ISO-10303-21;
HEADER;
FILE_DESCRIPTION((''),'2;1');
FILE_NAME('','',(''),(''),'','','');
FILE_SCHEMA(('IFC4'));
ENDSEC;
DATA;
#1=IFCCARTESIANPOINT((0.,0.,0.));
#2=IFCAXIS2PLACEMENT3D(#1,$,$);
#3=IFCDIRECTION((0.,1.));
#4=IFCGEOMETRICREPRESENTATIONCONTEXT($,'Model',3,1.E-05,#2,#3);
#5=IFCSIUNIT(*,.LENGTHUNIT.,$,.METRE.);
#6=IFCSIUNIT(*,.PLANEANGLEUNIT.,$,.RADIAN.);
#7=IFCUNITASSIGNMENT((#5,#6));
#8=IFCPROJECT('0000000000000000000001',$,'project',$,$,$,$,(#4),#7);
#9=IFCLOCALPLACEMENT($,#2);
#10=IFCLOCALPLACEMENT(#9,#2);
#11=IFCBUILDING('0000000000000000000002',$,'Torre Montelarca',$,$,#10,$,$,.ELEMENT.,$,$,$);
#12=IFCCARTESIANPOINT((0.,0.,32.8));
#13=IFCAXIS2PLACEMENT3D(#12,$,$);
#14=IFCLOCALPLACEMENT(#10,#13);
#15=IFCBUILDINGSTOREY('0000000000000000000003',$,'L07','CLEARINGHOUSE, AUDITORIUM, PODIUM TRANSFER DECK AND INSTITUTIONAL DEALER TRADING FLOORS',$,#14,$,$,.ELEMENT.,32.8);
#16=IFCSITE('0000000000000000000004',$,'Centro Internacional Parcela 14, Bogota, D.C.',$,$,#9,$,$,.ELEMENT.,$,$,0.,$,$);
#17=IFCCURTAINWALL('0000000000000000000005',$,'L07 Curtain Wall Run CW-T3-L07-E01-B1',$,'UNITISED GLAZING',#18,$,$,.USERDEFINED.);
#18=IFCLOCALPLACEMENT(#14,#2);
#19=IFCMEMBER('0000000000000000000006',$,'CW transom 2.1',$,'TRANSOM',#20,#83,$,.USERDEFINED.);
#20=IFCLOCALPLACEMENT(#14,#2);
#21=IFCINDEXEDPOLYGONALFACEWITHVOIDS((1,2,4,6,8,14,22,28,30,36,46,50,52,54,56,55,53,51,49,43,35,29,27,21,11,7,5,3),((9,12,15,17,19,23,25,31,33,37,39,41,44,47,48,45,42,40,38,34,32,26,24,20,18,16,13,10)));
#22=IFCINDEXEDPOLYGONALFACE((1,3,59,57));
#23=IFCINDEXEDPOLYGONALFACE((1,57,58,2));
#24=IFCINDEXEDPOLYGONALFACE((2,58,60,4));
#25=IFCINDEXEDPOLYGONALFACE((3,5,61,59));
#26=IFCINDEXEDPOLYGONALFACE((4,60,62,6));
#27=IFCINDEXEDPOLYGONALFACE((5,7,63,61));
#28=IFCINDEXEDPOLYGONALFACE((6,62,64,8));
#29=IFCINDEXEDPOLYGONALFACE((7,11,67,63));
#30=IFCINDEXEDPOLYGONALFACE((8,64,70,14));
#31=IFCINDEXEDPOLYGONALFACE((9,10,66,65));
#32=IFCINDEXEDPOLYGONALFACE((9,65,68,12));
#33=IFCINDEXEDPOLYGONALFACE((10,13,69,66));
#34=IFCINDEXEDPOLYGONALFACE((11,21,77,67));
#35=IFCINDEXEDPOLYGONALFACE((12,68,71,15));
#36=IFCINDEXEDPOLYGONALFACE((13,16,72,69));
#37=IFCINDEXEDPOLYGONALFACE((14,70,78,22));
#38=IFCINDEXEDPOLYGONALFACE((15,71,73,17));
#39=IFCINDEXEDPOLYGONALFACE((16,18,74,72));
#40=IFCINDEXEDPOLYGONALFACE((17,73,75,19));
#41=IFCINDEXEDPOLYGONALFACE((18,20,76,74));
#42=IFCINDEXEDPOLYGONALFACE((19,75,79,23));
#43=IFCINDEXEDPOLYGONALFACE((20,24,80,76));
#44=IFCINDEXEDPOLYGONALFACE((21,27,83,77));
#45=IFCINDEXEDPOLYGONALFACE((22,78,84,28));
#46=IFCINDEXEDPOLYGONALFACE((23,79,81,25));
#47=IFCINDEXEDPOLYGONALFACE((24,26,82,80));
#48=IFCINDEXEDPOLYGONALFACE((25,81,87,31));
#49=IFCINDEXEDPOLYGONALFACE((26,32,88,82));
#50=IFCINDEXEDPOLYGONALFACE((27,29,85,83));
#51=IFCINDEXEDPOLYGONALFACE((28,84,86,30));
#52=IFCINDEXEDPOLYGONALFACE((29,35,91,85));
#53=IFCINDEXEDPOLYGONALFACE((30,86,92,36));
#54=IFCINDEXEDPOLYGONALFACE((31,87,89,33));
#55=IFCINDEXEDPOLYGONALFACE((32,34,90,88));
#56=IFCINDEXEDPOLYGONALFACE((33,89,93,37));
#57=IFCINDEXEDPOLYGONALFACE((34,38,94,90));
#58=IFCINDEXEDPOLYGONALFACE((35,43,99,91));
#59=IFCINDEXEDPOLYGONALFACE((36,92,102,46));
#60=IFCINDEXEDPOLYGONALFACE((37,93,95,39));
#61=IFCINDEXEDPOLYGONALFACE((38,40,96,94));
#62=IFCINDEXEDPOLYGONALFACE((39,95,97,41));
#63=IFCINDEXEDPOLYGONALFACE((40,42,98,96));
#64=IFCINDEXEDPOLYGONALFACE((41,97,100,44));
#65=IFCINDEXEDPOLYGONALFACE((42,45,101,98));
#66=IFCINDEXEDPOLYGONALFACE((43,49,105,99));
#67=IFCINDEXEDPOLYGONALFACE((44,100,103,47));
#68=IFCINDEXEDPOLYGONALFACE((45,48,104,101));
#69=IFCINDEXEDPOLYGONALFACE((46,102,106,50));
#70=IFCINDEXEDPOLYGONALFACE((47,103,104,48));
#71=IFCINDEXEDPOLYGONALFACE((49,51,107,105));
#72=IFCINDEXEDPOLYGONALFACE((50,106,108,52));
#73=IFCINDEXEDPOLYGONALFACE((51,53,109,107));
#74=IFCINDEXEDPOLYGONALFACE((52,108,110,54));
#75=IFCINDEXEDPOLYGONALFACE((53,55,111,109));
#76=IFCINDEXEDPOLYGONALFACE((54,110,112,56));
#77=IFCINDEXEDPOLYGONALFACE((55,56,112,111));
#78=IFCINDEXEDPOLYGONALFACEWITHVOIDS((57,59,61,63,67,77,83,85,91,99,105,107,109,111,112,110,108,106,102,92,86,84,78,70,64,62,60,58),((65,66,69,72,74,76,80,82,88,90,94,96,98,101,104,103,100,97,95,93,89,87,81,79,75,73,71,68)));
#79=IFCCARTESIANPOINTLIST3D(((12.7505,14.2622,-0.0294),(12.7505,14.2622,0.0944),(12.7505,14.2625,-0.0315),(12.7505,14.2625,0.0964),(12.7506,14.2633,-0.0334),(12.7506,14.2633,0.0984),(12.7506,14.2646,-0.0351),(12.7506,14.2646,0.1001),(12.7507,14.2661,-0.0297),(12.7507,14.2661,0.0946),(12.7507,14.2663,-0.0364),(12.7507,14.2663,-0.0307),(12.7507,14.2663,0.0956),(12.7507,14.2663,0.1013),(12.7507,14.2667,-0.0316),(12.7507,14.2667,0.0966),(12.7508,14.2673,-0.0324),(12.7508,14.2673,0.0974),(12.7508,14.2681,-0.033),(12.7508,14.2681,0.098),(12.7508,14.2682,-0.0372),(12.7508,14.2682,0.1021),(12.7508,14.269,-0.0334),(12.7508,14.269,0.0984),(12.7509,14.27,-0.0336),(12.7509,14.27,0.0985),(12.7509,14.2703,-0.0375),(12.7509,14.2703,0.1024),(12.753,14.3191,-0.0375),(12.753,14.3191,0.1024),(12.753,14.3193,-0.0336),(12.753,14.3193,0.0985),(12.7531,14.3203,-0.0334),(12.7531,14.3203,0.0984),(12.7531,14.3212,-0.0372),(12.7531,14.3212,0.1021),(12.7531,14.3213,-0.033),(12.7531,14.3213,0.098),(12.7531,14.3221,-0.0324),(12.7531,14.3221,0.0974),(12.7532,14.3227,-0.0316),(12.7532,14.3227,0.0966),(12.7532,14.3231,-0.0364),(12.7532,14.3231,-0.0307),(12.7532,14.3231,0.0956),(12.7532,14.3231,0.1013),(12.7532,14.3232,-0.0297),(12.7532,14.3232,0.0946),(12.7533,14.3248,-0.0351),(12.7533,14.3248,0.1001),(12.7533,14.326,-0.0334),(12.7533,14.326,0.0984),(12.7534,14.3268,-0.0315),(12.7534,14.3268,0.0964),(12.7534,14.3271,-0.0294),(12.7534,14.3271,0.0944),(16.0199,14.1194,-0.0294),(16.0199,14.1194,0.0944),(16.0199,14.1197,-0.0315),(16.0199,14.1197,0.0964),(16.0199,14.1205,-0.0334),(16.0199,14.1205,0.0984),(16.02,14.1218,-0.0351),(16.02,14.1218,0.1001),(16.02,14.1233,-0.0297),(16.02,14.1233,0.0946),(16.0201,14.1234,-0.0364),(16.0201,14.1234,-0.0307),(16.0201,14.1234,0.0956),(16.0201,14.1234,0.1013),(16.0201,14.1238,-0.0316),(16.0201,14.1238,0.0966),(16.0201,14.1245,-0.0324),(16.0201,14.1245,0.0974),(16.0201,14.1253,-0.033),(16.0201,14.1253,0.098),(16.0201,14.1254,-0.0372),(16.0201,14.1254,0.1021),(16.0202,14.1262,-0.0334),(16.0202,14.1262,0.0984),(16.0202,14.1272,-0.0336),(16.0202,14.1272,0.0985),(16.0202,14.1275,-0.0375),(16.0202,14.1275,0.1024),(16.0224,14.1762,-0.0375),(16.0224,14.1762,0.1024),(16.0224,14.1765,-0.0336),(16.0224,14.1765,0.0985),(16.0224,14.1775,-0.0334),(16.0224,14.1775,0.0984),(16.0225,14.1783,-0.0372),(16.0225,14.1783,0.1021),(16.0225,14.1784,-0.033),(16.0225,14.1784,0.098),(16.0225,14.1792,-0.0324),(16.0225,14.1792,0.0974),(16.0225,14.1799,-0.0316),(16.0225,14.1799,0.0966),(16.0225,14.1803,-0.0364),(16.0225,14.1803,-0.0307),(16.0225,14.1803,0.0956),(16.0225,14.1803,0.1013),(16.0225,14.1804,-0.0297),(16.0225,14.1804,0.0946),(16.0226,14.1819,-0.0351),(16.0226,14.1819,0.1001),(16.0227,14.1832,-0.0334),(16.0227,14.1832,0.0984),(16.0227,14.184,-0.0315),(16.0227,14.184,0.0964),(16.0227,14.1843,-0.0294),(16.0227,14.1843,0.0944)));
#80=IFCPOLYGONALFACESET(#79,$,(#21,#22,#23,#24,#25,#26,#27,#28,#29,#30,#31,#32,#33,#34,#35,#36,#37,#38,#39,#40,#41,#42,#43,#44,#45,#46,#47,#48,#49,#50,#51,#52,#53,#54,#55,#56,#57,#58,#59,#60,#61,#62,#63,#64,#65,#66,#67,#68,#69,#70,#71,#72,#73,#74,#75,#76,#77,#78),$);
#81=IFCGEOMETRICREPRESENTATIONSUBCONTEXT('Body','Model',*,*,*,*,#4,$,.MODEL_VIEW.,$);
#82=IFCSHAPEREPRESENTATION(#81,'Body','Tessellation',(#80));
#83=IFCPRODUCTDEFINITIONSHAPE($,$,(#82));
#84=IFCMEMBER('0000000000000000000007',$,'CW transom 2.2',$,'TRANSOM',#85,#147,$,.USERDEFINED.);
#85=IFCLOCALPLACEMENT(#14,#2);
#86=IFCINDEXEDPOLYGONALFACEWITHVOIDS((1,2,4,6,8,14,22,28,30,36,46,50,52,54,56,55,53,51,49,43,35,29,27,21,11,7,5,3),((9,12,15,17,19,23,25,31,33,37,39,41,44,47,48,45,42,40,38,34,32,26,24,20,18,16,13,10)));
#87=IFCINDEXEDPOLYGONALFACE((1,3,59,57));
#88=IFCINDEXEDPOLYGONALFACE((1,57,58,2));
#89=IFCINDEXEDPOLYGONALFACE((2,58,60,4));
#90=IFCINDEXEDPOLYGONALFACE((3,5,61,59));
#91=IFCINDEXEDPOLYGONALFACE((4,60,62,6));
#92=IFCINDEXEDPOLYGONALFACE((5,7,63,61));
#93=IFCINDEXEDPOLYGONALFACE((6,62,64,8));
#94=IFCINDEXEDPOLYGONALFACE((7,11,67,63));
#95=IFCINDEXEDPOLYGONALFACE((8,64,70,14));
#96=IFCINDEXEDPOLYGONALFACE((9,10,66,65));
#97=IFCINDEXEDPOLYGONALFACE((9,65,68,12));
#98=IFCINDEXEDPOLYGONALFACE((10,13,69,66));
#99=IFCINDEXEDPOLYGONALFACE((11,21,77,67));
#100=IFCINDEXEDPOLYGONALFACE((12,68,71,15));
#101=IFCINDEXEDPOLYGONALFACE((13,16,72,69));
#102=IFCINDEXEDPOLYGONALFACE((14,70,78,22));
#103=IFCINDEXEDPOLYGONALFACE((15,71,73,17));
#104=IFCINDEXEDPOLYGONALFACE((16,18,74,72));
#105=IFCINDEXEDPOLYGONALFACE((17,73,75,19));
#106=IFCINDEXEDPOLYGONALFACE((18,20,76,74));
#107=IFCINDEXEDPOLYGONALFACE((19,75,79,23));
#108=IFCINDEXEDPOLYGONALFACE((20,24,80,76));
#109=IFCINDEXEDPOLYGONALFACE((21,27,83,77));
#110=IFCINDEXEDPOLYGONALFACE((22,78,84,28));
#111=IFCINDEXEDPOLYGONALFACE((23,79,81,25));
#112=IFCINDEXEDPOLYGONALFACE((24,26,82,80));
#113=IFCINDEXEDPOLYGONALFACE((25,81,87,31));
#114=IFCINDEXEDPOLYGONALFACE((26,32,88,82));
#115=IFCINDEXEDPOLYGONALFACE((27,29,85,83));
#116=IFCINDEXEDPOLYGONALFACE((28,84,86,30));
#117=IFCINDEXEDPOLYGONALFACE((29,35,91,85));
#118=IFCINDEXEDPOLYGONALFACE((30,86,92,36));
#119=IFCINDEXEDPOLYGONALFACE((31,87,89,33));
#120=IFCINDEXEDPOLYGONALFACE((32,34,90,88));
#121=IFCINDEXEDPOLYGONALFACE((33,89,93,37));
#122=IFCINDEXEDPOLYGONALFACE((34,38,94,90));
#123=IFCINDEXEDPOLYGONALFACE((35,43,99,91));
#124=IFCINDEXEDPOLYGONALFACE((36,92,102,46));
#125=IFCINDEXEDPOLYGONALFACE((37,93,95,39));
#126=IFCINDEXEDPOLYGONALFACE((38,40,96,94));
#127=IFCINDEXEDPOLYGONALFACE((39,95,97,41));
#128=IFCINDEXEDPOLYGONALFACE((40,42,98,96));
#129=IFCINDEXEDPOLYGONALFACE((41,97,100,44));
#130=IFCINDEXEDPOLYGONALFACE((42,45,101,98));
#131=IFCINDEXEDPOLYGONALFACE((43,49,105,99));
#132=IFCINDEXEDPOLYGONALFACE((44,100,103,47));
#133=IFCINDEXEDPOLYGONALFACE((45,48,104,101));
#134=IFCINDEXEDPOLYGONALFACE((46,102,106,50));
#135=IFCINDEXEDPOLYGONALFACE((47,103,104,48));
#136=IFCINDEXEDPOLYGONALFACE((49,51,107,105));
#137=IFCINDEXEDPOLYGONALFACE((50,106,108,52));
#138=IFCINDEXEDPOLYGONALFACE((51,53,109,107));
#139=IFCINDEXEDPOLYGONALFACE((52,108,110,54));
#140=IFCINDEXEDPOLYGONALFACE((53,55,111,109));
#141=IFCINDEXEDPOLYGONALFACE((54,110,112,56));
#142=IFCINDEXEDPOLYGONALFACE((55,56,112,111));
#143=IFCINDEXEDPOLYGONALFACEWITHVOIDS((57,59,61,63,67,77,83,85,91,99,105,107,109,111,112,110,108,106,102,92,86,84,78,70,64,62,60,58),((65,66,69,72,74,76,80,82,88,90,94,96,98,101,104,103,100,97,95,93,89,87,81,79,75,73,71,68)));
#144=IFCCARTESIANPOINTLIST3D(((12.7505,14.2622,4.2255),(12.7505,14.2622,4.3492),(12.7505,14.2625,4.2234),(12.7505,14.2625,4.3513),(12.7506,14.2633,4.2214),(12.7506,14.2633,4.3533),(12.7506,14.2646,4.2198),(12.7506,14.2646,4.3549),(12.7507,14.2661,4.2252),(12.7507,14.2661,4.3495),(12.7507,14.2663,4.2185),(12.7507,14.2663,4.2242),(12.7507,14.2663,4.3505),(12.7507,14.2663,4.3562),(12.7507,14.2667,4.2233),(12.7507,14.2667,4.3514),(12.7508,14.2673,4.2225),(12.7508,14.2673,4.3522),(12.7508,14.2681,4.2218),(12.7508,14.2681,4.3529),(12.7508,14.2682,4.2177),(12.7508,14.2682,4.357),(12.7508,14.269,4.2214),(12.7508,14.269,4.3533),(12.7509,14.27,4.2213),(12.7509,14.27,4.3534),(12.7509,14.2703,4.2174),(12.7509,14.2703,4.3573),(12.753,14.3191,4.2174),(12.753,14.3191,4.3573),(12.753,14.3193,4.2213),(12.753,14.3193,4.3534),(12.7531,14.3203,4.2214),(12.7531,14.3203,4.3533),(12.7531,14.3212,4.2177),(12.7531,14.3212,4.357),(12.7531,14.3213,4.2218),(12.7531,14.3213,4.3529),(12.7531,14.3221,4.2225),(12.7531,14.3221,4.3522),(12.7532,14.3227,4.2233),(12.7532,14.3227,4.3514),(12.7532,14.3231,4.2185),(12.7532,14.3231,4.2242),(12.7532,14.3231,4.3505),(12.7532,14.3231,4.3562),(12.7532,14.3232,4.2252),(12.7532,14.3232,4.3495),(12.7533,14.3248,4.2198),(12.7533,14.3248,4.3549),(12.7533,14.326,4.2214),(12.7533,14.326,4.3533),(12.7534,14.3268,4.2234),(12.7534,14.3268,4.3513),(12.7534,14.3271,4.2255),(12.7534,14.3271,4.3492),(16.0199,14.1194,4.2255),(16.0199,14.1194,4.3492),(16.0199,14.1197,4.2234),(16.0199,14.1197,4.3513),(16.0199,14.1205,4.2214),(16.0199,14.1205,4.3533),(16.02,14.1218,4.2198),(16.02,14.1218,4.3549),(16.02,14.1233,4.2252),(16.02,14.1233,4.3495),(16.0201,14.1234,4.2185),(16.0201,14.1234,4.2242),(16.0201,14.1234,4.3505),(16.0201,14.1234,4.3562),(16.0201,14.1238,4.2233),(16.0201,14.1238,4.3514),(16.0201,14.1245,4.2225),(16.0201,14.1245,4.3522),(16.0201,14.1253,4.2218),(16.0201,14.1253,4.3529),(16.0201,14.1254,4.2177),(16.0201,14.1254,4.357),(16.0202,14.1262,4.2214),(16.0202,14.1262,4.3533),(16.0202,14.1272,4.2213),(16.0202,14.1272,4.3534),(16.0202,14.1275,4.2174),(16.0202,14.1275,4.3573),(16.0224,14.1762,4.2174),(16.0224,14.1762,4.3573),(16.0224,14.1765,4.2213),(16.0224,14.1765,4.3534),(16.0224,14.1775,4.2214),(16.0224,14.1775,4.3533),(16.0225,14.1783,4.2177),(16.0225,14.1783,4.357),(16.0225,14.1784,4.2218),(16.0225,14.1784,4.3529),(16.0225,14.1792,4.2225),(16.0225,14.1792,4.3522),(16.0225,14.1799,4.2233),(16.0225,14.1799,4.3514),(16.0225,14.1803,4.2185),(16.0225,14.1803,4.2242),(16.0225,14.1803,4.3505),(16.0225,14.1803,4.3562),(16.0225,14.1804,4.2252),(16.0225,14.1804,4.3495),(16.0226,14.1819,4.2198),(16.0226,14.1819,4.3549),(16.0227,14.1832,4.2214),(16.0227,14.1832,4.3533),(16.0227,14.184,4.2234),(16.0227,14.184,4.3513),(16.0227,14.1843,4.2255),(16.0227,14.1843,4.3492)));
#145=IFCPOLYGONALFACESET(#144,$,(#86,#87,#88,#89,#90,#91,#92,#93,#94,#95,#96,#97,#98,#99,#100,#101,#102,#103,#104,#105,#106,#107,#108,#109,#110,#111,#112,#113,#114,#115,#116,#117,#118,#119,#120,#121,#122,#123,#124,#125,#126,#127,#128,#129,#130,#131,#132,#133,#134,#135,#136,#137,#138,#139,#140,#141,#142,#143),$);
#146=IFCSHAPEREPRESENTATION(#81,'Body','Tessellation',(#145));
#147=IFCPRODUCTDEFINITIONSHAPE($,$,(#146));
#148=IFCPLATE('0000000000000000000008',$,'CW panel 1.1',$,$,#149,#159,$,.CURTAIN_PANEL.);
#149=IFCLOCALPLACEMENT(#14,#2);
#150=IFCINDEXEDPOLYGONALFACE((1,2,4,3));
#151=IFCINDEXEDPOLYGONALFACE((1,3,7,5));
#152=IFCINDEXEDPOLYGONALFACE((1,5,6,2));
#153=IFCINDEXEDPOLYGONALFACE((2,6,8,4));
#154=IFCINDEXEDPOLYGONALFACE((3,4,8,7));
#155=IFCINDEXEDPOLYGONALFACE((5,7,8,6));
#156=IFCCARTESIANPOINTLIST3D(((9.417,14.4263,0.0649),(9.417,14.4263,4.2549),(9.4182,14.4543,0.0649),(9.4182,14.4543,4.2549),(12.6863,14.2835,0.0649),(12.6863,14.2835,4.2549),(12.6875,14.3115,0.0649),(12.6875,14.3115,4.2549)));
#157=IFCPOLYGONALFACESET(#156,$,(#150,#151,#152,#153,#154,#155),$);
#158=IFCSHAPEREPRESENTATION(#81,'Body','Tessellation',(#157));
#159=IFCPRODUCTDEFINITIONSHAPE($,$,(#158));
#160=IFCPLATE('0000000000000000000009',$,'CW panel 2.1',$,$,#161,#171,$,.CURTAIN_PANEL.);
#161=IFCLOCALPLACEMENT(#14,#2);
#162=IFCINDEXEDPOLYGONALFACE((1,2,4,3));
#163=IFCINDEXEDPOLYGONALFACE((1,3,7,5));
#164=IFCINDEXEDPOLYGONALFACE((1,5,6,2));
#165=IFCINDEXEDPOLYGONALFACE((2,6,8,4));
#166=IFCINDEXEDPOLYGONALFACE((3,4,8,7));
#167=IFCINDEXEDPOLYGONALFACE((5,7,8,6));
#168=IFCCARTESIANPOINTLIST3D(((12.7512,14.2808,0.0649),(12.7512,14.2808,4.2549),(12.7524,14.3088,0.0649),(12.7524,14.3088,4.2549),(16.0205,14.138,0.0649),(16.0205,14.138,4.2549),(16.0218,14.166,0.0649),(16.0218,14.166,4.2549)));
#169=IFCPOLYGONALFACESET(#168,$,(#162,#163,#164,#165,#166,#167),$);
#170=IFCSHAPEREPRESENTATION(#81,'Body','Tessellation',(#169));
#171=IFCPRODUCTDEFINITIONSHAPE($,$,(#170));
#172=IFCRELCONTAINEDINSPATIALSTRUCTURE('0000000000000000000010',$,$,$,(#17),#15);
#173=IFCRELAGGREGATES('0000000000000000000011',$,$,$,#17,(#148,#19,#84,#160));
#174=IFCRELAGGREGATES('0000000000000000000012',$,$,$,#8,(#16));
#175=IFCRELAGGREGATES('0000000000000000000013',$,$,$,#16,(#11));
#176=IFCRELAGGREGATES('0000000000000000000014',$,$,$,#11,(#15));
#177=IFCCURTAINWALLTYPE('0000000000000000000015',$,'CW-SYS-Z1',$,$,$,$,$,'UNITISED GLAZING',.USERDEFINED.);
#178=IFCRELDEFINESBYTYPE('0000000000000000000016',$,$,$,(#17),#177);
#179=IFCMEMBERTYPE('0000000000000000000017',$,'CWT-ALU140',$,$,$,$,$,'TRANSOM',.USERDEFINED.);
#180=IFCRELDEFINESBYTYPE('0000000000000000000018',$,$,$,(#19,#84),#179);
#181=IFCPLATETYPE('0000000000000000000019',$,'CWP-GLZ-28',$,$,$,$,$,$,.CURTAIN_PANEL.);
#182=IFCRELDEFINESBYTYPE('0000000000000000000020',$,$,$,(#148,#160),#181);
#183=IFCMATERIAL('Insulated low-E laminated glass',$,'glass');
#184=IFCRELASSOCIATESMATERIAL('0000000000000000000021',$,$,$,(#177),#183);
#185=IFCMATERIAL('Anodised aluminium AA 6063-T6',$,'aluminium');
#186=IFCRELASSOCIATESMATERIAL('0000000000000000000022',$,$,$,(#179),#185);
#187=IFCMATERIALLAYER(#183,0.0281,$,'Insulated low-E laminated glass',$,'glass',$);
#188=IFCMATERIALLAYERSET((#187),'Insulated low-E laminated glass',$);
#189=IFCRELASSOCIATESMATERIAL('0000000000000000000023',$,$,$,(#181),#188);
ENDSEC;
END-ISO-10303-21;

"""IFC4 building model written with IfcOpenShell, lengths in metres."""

from ifc_helpers import new_model, si_unit, direction, frame, origin, origin_2d, place, context, subcontext, project, spatial, rectangle, hollow_rectangle, extrude, source, transform, mapped, material, layer, layer_set, material_profile, profile_set, type_object, element, aggregate, save


model = new_model("IFC4")

# Units and contexts
model_context = context("Model", 3, precision=1e-05, world=origin(), true_north=direction((0.0, 1.0)))
body_context = subcontext(model_context, "Body", "Model", "MODEL_VIEW")
ifc_project = project(units=[si_unit("LENGTHUNIT", "METRE"), si_unit("PLANEANGLEUNIT", "RADIAN")], contexts=[model_context])

# Site, building, storey
site_placement = place(None, origin())
site = spatial("IfcSite", under=ifc_project, at=site_placement, Name="Centro Internacional Parcela 14, Bogota, D.C.", CompositionType="ELEMENT", RefElevation=0.0)
building_placement = place(site_placement, origin())
building = spatial("IfcBuilding", under=site, at=building_placement, Name="Torre Montelarca", CompositionType="ELEMENT")
storey_placement = place(building_placement, frame((0.0, 0.0, 32.8)))
storey = spatial("IfcBuildingStorey", under=building, at=storey_placement, Name="L07", Description="CLEARINGHOUSE, AUDITORIUM, PODIUM TRANSFER DECK AND INSTITUTIONAL DEALER TRADING FLOORS", CompositionType="ELEMENT", Elevation=32.8)

# Curtain wall, members, plates
ifc_material_1 = material(Name="Insulated low-E laminated glass", Category="glass")
curtain_wall_type = type_object("IfcCurtainWallType", Name="CW-SYS-Z1", ElementType="UNITISED GLAZING", PredefinedType="USERDEFINED", material=ifc_material_1)
curtain_wall_placement = place(storey_placement, origin())
curtain_wall = element("IfcCurtainWall", 1, at=curtain_wall_placement, inside=storey, type_object=curtain_wall_type, Name="L07 Curtain Wall Run CW-T3-L07-E01-B1", ObjectType="UNITISED GLAZING", PredefinedType="USERDEFINED")
ifc_material_2 = material(Name="Anodised aluminium AA 6063-T6", Category="aluminium")
ifc_material_profile_1 = material_profile(ifc_material_2, hollow_rectangle(XDim=0.0649, YDim=0.1399, WallThickness=0.0039, InnerFilletRadius=0.0039, OuterFilletRadius=0.0081, at=origin_2d()), Name="ALU65X140X4", Category="aluminium")
ifc_profile_set_1 = profile_set([ifc_material_profile_1], Name="Anodised aluminium AA 6063-T6")
member_type_1 = type_object("IfcMemberType", Name="CWT-ALU140", ElementType="TRANSOM", PredefinedType="USERDEFINED", material=ifc_profile_set_1)
shared_shape_1 = source(origin(), body_context, "Body", "SweptSolid", [
    extrude(hollow_rectangle(XDim=0.0649, YDim=0.1399, WallThickness=0.0039, InnerFilletRadius=0.0039, OuterFilletRadius=0.0081, at=origin_2d()), origin(), (0.0, 0.0, 1.0), 3.2725),
])
member_1_placement = place(storey_placement, frame((12.752, 14.2947, 0.0325), z_axis=(0.999047, -0.043644, 0.0), x_axis=(0.043644, 0.999047, 0.0)))
member_1 = element("IfcMember", 2, at=member_1_placement, type_object=member_type_1, Name="CW transom 2.1", ObjectType="TRANSOM", PredefinedType="USERDEFINED", context=body_context, shape_type="MappedRepresentation", body=[
    mapped(shared_shape_1, transform((0.0, 0.0, 0.0), scale=1.0)),
])
member_2_placement = place(storey_placement, frame((12.752, 14.2947, 4.2874), z_axis=(0.999047, -0.043644, 0.0), x_axis=(0.043644, 0.999047, 0.0)))
member_2 = element("IfcMember", 3, at=member_2_placement, type_object=member_type_1, Name="CW transom 2.2", ObjectType="TRANSOM", PredefinedType="USERDEFINED", context=body_context, shape_type="MappedRepresentation", body=[
    mapped(shared_shape_1, transform((0.0, 0.0, 0.0), scale=1.0)),
])
ifc_layer_1 = layer(ifc_material_1, 0.0281, Name="Insulated low-E laminated glass", Category="glass")
ifc_layer_set_1 = layer_set([ifc_layer_1], Name="Insulated low-E laminated glass")
plate_type = type_object("IfcPlateType", Name="CWP-GLZ-28", PredefinedType="CURTAIN_PANEL", material=ifc_layer_set_1)
shared_shape_2 = source(origin(), body_context, "Body", "SweptSolid", [
    extrude(rectangle(XDim=3.2725, YDim=0.0281, at=origin_2d()), origin(), (0.0, 0.0, 1.0), 4.1899),
])
plate_1_placement = place(storey_placement, frame((11.0522, 14.3689, 0.0649), z_axis=(0.0, 0.0, 1.0), x_axis=(0.999048, -0.043635, 0.0)))
plate_1 = element("IfcPlate", 4, at=plate_1_placement, type_object=plate_type, Name="CW panel 1.1", PredefinedType="CURTAIN_PANEL", context=body_context, shape_type="MappedRepresentation", body=[
    mapped(shared_shape_2, transform((0.0, 0.0, 0.0), scale=1.0)),
])
plate_2_placement = place(storey_placement, frame((14.3865, 14.2234, 0.0649), z_axis=(0.0, 0.0, 1.0), x_axis=(0.999048, -0.043635, 0.0)))
plate_2 = element("IfcPlate", 5, at=plate_2_placement, type_object=plate_type, Name="CW panel 2.1", PredefinedType="CURTAIN_PANEL", context=body_context, shape_type="MappedRepresentation", body=[
    mapped(shared_shape_2, transform((0.0, 0.0, 0.0), scale=1.0)),
])
aggregate(curtain_wall, [plate_1, member_1, member_2, plate_2])

save(model, "model.ifc")
